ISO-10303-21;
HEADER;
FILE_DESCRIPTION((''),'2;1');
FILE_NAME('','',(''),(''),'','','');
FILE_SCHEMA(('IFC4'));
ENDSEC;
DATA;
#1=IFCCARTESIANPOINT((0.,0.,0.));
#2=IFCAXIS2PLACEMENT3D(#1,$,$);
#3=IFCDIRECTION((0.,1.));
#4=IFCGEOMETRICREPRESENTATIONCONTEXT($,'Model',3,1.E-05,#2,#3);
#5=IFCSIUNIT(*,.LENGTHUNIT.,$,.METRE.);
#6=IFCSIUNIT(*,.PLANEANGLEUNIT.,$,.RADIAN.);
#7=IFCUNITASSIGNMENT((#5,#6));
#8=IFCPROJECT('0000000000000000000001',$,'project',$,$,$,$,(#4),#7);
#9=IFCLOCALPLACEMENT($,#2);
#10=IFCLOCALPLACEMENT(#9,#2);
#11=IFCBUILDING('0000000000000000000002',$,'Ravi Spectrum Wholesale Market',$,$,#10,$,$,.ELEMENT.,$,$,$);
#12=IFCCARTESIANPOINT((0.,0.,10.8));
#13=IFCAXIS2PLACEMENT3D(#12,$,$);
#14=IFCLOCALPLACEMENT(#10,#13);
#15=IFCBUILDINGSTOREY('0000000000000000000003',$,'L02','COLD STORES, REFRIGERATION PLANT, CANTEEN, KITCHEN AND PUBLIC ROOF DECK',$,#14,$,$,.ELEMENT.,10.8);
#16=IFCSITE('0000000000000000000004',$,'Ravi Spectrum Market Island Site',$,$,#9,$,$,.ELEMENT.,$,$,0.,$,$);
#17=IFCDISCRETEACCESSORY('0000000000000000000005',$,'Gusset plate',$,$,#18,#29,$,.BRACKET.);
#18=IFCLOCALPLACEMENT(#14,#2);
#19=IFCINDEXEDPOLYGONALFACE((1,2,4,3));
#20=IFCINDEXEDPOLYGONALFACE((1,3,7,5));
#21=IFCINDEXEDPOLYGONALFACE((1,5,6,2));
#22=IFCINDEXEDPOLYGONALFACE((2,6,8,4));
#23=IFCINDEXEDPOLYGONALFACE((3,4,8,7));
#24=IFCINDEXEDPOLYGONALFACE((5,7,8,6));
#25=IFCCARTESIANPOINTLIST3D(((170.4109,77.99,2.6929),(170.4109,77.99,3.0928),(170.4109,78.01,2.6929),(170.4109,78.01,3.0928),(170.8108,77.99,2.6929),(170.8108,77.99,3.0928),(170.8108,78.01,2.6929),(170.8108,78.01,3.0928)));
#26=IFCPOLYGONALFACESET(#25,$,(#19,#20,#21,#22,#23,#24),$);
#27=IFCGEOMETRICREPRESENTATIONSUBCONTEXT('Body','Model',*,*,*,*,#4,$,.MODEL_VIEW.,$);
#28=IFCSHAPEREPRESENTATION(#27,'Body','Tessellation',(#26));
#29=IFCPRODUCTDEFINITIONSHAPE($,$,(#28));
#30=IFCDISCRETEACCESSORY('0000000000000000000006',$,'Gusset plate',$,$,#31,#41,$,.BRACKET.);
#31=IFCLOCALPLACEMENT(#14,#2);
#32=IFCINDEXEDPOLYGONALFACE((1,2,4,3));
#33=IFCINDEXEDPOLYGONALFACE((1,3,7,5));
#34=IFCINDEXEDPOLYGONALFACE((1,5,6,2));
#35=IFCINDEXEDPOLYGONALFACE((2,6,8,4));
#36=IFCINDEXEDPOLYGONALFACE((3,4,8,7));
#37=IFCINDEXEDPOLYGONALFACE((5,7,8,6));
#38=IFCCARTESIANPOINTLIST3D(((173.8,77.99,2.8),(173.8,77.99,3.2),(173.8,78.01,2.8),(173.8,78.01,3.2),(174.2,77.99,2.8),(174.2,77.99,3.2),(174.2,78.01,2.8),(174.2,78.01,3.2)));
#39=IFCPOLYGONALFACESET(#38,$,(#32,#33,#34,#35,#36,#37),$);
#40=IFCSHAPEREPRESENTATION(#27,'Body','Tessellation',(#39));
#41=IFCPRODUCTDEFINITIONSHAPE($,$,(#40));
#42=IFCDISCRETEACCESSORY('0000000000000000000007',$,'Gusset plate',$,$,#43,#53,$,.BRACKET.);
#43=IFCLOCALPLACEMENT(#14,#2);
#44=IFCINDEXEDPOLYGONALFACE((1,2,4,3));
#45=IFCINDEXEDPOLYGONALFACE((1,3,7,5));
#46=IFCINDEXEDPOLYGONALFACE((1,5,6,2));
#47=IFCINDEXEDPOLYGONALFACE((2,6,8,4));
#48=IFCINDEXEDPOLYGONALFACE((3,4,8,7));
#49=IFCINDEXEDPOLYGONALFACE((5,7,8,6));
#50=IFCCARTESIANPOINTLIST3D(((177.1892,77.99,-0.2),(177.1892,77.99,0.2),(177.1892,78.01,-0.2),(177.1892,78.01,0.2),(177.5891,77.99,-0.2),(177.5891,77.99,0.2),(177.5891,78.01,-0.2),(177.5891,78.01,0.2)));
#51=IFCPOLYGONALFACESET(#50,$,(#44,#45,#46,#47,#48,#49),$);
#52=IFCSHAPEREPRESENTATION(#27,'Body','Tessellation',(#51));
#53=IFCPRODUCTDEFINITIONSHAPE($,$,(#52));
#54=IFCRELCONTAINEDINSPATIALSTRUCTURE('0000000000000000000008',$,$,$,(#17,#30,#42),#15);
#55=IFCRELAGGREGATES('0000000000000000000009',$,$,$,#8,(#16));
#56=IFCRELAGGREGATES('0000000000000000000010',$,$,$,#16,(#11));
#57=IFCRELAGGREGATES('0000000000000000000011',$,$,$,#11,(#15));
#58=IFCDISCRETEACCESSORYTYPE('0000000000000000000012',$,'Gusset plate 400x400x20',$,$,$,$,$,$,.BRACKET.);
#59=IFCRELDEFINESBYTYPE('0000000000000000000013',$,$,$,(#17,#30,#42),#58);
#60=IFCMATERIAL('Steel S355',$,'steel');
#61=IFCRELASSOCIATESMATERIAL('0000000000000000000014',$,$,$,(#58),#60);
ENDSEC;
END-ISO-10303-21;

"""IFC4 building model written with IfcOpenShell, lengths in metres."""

from ifc_helpers import new_model, si_unit, direction, frame, origin, origin_2d, place, context, subcontext, project, spatial, rectangle, extrude, material, material_profile, profile_set, type_object, element, save


model = new_model("IFC4")

# Units and contexts
model_context = context("Model", 3, precision=1e-05, world=origin(), true_north=direction((0.0, 1.0)))
body_context = subcontext(model_context, "Body", "Model", "MODEL_VIEW")
ifc_project = project(units=[si_unit("LENGTHUNIT", "METRE"), si_unit("PLANEANGLEUNIT", "RADIAN")], contexts=[model_context])

# Site, building, storey
site_placement = place(None, origin())
site = spatial("IfcSite", under=ifc_project, at=site_placement, Name="Ravi Spectrum Market Island Site", CompositionType="ELEMENT", RefElevation=0.0)
building_placement = place(site_placement, origin())
building = spatial("IfcBuilding", under=site, at=building_placement, Name="Ravi Spectrum Wholesale Market", CompositionType="ELEMENT")
storey_placement = place(building_placement, frame((0.0, 0.0, 10.8)))
storey = spatial("IfcBuildingStorey", under=building, at=storey_placement, Name="L02", Description="COLD STORES, REFRIGERATION PLANT, CANTEEN, KITCHEN AND PUBLIC ROOF DECK", CompositionType="ELEMENT", Elevation=10.8)

# Discrete accessories
ifc_material_1 = material(Name="Steel S355", Category="steel")
ifc_material_profile_1 = material_profile(ifc_material_1, rectangle(XDim=0.3999, YDim=0.02, at=origin_2d()))
ifc_profile_set_1 = profile_set([ifc_material_profile_1], Name="Steel S355")
discrete_accessory_type_1 = type_object("IfcDiscreteAccessoryType", Name="Gusset plate 400x400x20", PredefinedType="BRACKET", material=ifc_profile_set_1)
for number, where, z_axis, x_axis, name in (
    (1, (170.6108, 78.0, 2.6929), (0.0, 0.0, 1.0), (1.0, 0.0, 0.0), "Gusset plate"),
    (2, (174.0, 78.0, 2.8), (0.0, 0.0, 1.0), (1.0, 0.0, 0.0), "Gusset plate"),
    (3, (177.3892, 78.0, -0.2), (0.0, 0.0, 1.0), (1.0, 0.0, 0.0), "Gusset plate"),
):
    element("IfcDiscreteAccessory", number, at=place(storey_placement, frame(where, z_axis=z_axis, x_axis=x_axis)), inside=storey, type_object=discrete_accessory_type_1, Name=name, PredefinedType="BRACKET", context=body_context, shape_type="SweptSolid", body=[
        extrude(rectangle(XDim=0.3999, YDim=0.02, at=origin_2d()), origin(), (0.0, 0.0, 1.0), 0.3999),
    ])

save(model, "model.ifc")
